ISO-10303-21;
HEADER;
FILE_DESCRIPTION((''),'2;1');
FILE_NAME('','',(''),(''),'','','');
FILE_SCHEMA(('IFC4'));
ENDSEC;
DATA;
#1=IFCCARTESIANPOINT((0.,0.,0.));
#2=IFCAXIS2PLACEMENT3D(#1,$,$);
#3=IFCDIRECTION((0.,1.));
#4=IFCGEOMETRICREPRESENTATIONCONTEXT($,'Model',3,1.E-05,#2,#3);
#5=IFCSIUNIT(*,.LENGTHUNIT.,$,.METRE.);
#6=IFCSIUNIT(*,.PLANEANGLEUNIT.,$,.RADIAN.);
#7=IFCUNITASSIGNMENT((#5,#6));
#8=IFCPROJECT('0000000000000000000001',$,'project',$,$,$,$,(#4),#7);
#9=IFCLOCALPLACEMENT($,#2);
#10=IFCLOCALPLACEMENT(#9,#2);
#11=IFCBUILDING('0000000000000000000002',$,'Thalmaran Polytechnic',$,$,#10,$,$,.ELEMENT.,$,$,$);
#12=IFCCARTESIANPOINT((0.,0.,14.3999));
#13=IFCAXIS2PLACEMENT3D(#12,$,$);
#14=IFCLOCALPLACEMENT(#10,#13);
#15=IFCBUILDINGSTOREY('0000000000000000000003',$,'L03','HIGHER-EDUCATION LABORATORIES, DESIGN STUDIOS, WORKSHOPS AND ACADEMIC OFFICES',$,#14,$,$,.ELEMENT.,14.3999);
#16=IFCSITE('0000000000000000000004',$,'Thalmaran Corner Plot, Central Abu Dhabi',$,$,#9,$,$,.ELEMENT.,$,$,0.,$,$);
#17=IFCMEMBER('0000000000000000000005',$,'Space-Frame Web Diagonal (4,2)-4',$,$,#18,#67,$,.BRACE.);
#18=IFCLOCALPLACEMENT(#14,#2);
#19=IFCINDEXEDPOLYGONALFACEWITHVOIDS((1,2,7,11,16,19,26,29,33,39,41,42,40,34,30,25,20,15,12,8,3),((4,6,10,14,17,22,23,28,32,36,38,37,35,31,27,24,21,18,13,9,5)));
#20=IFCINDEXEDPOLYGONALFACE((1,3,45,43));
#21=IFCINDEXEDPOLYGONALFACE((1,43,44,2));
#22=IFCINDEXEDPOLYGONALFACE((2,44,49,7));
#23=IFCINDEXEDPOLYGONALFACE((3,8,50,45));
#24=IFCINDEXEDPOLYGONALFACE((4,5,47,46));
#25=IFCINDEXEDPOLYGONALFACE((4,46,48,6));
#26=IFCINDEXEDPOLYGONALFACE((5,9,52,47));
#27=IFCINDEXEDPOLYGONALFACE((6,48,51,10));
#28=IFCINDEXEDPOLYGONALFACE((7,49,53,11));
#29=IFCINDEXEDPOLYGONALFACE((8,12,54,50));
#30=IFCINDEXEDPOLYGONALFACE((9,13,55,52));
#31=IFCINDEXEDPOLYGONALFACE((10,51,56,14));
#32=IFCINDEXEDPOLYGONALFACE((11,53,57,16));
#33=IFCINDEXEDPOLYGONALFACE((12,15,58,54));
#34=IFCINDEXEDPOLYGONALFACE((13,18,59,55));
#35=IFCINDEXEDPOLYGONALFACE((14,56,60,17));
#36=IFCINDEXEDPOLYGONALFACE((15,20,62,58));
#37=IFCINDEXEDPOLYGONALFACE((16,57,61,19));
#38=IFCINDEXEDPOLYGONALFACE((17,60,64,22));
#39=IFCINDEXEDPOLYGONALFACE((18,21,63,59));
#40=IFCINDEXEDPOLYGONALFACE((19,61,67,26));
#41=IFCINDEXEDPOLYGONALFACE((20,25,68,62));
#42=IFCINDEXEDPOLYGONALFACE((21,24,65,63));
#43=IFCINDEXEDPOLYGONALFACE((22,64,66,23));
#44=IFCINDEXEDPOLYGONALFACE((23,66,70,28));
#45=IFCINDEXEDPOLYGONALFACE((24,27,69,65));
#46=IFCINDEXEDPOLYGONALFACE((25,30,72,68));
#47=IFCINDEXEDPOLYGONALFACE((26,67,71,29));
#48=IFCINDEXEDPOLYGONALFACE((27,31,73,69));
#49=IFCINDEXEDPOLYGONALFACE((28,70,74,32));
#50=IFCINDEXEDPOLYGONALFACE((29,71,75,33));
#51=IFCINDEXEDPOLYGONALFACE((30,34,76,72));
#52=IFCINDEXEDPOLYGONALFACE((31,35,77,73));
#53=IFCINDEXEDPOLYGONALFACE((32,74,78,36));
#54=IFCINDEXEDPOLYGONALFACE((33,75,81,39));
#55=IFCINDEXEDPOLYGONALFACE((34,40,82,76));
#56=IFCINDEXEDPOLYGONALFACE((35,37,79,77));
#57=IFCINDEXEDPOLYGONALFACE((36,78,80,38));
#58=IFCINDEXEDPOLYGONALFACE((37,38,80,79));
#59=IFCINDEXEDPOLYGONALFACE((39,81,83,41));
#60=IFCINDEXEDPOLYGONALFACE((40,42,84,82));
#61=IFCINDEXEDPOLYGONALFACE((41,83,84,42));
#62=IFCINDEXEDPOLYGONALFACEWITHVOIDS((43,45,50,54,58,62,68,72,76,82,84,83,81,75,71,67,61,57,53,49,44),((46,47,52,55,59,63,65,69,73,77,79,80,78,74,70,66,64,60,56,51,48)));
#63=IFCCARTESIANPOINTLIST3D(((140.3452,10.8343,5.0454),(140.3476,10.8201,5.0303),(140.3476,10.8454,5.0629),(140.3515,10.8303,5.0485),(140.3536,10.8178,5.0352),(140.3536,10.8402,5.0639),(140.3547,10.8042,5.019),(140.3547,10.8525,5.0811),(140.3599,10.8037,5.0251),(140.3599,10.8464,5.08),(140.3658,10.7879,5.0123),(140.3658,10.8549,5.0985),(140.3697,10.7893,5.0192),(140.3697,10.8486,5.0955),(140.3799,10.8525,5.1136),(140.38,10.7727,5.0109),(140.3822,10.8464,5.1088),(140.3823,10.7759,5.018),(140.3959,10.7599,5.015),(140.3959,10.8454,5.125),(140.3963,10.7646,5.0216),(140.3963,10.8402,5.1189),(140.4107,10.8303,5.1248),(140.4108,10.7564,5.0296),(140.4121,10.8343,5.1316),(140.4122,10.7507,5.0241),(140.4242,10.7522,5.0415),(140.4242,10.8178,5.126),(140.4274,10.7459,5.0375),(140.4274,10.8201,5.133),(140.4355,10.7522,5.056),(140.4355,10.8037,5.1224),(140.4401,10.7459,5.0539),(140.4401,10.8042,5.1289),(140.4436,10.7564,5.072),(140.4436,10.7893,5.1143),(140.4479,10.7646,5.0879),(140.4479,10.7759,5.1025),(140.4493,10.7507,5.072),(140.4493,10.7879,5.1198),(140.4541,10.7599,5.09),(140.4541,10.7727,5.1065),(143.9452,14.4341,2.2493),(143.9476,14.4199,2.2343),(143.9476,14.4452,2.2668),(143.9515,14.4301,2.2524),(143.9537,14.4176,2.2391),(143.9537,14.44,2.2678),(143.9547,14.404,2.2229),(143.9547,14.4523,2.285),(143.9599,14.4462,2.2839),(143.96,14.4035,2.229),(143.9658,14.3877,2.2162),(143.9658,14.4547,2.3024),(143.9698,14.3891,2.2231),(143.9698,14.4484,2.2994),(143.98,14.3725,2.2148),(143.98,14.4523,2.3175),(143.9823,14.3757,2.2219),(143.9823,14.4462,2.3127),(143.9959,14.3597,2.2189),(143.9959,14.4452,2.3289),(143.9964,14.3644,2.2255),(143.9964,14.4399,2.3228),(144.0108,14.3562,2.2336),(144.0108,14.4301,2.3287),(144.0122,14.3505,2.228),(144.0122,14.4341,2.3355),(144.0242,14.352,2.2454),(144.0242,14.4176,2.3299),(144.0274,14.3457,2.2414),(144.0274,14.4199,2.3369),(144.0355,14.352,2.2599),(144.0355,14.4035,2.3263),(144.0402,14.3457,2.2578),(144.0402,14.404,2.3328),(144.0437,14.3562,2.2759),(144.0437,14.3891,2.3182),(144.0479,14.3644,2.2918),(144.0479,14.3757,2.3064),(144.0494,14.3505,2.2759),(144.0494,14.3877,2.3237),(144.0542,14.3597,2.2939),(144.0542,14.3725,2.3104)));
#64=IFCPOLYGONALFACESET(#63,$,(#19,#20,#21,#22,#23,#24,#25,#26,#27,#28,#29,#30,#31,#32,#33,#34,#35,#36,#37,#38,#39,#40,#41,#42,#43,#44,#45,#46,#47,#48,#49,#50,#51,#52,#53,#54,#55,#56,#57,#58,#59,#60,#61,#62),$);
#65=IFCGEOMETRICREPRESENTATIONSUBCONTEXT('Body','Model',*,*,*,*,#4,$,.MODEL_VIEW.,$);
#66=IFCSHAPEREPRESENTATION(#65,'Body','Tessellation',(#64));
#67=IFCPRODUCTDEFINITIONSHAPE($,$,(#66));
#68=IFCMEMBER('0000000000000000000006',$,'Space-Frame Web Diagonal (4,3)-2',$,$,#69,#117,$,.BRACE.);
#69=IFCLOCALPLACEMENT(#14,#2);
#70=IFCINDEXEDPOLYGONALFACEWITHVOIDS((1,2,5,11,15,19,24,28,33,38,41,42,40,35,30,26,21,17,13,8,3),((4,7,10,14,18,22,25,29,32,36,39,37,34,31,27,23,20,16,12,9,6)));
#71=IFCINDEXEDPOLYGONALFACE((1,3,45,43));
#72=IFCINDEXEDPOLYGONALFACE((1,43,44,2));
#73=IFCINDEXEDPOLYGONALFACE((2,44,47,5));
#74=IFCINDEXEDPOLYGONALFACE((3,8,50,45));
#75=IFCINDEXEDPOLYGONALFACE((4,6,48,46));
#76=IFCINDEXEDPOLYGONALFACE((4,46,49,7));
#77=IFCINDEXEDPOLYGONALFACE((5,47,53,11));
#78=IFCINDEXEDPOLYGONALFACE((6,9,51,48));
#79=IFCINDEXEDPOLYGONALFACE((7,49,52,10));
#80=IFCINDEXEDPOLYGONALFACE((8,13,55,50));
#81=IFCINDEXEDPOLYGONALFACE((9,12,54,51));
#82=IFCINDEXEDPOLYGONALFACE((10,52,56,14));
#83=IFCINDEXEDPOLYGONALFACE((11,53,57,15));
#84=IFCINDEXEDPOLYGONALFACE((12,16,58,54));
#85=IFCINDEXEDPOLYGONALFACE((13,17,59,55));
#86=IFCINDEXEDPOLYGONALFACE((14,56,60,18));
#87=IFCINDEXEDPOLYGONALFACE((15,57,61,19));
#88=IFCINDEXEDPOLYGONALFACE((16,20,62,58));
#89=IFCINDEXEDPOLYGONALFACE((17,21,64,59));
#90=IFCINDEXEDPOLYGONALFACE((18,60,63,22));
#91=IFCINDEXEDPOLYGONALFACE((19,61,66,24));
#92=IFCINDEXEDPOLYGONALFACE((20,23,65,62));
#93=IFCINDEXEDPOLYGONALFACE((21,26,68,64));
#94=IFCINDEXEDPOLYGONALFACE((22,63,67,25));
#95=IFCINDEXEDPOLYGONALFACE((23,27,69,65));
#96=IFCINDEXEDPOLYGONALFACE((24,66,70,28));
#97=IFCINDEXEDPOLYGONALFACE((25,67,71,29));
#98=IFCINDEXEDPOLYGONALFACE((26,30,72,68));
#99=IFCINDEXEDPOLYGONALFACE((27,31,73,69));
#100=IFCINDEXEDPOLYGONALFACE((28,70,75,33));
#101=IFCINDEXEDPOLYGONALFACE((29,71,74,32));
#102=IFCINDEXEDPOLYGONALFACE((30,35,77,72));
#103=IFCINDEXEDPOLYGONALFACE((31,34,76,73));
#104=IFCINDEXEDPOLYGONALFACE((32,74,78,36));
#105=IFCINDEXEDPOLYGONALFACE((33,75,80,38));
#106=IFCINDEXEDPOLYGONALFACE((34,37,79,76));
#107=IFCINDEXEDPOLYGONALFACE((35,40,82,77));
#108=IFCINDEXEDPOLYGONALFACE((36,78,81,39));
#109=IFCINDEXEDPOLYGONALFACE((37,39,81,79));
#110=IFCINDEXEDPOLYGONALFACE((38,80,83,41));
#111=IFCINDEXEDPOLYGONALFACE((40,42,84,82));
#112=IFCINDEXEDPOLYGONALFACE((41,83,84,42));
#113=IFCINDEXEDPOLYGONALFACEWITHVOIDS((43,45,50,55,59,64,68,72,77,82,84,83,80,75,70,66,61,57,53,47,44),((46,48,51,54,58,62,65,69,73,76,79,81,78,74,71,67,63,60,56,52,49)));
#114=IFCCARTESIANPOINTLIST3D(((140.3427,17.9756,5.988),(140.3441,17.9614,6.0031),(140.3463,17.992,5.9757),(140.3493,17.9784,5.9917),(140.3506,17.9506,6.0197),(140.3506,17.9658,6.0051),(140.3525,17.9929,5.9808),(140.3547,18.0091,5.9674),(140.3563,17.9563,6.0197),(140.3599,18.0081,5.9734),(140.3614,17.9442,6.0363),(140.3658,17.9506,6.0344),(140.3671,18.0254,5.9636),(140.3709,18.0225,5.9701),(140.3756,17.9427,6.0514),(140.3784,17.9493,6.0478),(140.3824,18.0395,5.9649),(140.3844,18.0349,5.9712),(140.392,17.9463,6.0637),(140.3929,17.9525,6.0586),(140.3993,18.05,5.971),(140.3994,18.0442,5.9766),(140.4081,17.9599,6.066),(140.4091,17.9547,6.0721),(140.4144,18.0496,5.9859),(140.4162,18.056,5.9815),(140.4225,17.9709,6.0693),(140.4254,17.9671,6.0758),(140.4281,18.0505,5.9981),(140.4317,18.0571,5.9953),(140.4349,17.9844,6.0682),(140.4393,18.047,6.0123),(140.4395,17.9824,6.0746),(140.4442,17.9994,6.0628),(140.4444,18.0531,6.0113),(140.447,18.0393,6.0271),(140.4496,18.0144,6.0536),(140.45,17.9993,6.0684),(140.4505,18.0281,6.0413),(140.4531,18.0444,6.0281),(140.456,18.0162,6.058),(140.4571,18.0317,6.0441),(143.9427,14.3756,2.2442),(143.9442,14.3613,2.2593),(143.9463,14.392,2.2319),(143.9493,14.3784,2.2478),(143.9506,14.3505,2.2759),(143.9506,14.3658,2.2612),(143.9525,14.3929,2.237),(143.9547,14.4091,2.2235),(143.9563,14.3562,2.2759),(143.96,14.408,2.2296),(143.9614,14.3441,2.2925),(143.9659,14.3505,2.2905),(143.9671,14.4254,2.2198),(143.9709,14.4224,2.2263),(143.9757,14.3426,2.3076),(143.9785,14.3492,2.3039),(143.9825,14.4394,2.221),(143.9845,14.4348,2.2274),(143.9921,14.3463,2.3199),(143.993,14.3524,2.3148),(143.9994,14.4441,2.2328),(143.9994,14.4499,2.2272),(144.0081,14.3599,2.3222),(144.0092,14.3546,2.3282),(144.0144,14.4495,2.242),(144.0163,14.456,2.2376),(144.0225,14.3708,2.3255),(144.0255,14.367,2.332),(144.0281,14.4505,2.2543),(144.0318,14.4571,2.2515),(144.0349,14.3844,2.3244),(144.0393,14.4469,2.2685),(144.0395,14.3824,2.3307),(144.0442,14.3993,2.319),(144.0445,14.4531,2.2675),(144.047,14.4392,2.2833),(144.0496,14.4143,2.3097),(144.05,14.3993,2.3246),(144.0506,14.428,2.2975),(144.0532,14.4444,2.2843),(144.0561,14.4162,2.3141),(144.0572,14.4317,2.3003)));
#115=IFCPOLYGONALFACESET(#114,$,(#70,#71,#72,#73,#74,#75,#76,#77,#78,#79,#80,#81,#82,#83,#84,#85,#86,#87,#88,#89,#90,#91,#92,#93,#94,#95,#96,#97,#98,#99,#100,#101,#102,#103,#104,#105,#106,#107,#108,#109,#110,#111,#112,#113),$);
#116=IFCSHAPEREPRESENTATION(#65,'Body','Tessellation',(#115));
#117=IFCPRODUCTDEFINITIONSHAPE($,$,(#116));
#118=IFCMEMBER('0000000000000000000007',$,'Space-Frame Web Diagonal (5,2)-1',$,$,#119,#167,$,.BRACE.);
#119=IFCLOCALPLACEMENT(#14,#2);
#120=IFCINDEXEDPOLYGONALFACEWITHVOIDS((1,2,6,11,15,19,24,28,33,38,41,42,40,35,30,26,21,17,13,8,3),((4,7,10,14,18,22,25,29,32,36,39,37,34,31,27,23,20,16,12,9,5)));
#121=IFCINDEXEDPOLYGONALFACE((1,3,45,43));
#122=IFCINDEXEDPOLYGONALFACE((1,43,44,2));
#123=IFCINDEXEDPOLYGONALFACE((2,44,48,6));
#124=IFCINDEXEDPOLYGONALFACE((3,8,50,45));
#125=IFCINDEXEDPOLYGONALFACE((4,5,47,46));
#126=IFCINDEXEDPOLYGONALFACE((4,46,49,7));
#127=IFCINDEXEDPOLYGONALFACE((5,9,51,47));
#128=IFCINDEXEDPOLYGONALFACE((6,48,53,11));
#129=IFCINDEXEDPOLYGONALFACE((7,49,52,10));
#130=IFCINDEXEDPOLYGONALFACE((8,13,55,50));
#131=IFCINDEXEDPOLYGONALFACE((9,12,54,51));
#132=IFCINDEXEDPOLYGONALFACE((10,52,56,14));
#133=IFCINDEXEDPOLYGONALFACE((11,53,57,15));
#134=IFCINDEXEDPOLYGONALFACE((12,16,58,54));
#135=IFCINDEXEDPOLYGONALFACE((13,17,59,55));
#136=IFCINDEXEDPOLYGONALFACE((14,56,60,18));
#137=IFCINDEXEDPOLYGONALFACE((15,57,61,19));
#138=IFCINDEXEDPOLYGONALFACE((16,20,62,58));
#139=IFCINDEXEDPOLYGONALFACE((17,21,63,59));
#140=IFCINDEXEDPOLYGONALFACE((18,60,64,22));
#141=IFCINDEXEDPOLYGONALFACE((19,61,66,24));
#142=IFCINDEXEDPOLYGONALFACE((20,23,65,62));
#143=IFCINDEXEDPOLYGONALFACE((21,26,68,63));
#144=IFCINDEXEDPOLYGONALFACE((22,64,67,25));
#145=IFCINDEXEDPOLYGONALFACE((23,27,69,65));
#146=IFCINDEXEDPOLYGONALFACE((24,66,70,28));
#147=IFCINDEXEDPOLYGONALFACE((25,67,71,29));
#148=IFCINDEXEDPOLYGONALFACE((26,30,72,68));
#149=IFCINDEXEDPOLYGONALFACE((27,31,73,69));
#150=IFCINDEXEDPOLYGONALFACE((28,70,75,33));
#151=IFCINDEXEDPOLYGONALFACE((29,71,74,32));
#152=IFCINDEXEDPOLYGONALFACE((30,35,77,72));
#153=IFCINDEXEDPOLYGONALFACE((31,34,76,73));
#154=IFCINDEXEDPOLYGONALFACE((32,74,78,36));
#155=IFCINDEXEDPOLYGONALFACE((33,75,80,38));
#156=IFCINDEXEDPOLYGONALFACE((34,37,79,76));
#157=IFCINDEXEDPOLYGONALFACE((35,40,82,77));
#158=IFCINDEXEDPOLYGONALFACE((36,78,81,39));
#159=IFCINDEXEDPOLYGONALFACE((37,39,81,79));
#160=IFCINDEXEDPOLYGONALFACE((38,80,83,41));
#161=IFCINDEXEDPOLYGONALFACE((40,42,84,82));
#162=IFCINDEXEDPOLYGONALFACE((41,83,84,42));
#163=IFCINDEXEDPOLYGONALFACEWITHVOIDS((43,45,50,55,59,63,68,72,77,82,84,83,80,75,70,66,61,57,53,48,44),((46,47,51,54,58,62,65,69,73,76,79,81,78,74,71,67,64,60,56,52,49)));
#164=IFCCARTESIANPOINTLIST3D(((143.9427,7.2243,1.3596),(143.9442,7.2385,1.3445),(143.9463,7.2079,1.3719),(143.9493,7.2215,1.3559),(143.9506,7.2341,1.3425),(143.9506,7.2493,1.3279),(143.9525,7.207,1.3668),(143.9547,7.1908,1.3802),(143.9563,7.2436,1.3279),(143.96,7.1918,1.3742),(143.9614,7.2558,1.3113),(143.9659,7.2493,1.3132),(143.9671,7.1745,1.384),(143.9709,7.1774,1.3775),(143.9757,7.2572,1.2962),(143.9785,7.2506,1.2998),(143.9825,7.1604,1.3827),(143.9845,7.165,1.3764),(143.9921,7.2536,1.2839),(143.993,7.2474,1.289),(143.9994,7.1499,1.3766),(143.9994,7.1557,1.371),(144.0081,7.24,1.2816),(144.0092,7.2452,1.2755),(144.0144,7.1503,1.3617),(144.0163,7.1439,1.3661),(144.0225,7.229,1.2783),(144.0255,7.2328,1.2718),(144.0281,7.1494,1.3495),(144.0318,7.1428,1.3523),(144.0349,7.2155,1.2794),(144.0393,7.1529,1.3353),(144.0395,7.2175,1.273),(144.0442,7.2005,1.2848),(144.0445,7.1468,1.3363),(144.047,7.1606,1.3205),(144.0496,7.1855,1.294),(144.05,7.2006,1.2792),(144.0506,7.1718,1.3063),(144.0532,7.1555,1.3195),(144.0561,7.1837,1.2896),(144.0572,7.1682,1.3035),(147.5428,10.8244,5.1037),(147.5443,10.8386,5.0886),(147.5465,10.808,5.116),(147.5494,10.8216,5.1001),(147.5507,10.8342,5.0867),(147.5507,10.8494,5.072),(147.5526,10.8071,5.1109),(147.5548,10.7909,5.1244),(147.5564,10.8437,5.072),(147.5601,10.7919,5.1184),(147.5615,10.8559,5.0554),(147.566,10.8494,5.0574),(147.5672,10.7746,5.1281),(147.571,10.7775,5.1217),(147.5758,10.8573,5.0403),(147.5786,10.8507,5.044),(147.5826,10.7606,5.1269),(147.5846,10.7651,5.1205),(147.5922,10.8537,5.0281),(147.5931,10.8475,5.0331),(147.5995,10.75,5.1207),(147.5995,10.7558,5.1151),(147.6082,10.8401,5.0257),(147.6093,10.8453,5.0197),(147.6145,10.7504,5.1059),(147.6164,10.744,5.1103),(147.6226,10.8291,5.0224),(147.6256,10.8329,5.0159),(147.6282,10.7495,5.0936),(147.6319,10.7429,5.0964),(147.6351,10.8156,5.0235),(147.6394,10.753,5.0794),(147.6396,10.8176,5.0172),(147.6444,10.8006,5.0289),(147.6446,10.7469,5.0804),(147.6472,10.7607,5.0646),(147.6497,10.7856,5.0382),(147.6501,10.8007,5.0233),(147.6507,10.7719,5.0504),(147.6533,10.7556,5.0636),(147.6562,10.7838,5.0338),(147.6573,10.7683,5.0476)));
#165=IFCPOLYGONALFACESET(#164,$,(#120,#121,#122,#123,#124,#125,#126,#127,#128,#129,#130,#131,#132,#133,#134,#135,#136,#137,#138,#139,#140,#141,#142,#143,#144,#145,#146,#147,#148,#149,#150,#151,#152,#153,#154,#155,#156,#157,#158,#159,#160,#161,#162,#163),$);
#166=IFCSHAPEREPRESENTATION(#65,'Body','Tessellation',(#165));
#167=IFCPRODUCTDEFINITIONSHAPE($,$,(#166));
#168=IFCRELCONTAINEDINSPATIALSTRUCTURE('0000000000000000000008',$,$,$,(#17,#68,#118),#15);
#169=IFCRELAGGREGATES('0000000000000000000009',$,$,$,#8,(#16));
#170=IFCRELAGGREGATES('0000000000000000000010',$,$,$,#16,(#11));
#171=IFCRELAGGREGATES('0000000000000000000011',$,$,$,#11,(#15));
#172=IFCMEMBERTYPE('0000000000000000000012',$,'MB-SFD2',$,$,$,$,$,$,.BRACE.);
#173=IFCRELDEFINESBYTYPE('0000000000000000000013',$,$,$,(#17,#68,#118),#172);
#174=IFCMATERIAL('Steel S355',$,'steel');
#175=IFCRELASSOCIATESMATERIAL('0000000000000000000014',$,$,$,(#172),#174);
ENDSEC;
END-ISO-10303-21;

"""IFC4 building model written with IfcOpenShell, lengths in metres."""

from ifc_helpers import new_model, si_unit, direction, frame, origin, origin_2d, place, context, subcontext, project, spatial, hollow_circle, extrude, material, material_profile, profile_set, type_object, element, save


model = new_model("IFC4")

# Units and contexts
model_context = context("Model", 3, precision=1e-05, world=origin(), true_north=direction((0.0, 1.0)))
body_context = subcontext(model_context, "Body", "Model", "MODEL_VIEW")
ifc_project = project(units=[si_unit("LENGTHUNIT", "METRE"), si_unit("PLANEANGLEUNIT", "RADIAN")], contexts=[model_context])

# Site, building, storey
site_placement = place(None, origin())
site = spatial("IfcSite", under=ifc_project, at=site_placement, Name="Thalmaran Corner Plot, Central Abu Dhabi", CompositionType="ELEMENT", RefElevation=0.0)
building_placement = place(site_placement, origin())
building = spatial("IfcBuilding", under=site, at=building_placement, Name="Thalmaran Polytechnic", CompositionType="ELEMENT")
storey_placement = place(building_placement, frame((0.0, 0.0, 14.3999)))
storey = spatial("IfcBuildingStorey", under=building, at=storey_placement, Name="L03", Description="HIGHER-EDUCATION LABORATORIES, DESIGN STUDIOS, WORKSHOPS AND ACADEMIC OFFICES", CompositionType="ELEMENT", Elevation=14.3999)

# Members
ifc_material_1 = material(Name="Steel S355", Category="steel")
ifc_material_profile_1 = material_profile(ifc_material_1, hollow_circle(Radius=0.0698, WallThickness=0.0081, at=origin_2d()), Name="CHS 139.7x8.0")
ifc_profile_set_1 = profile_set([ifc_material_profile_1], Name="Steel S355")
member_type_1 = type_object("IfcMemberType", Name="MB-SFD2", PredefinedType="BRACE", material=ifc_profile_set_1)
member_1_placement = place(storey_placement, frame((144.0, 14.3999, 2.2759), z_axis=(-0.619804, -0.619762, 0.481392), x_axis=(0.707083, -0.707131, 0.0)))
element("IfcMember", 1, at=member_1_placement, inside=storey, type_object=member_type_1, Name="Space-Frame Web Diagonal (4,2)-4", PredefinedType="BRACE", context=body_context, shape_type="SweptSolid", body=[
    extrude(hollow_circle(Radius=0.0698, WallThickness=0.0081, at=origin_2d()), origin(), (0.0, 0.0, 1.0), 5.8083),
])
member_2_placement = place(storey_placement, frame((144.0, 14.3999, 2.2759), z_axis=(-0.569666, 0.569666, 0.59242), x_axis=(-0.707107, -0.707107, 0.0)))
element("IfcMember", 2, at=member_2_placement, inside=storey, type_object=member_type_1, Name="Space-Frame Web Diagonal (4,3)-2", PredefinedType="BRACE", context=body_context, shape_type="SweptSolid", body=[
    extrude(hollow_circle(Radius=0.0698, WallThickness=0.0081, at=origin_2d()), origin(), (0.0, 0.0, 1.0), 6.3196),
])
member_3_placement = place(storey_placement, frame((144.0, 7.2, 1.3279), z_axis=(0.569653, 0.569653, 0.592445), x_axis=(-0.707107, 0.707107, 0.0)))
element("IfcMember", 3, at=member_3_placement, inside=storey, type_object=member_type_1, Name="Space-Frame Web Diagonal (5,2)-1", PredefinedType="BRACE", context=body_context, shape_type="SweptSolid", body=[
    extrude(hollow_circle(Radius=0.0698, WallThickness=0.0081, at=origin_2d()), origin(), (0.0, 0.0, 1.0), 6.3198),
])

save(model, "model.ifc")
